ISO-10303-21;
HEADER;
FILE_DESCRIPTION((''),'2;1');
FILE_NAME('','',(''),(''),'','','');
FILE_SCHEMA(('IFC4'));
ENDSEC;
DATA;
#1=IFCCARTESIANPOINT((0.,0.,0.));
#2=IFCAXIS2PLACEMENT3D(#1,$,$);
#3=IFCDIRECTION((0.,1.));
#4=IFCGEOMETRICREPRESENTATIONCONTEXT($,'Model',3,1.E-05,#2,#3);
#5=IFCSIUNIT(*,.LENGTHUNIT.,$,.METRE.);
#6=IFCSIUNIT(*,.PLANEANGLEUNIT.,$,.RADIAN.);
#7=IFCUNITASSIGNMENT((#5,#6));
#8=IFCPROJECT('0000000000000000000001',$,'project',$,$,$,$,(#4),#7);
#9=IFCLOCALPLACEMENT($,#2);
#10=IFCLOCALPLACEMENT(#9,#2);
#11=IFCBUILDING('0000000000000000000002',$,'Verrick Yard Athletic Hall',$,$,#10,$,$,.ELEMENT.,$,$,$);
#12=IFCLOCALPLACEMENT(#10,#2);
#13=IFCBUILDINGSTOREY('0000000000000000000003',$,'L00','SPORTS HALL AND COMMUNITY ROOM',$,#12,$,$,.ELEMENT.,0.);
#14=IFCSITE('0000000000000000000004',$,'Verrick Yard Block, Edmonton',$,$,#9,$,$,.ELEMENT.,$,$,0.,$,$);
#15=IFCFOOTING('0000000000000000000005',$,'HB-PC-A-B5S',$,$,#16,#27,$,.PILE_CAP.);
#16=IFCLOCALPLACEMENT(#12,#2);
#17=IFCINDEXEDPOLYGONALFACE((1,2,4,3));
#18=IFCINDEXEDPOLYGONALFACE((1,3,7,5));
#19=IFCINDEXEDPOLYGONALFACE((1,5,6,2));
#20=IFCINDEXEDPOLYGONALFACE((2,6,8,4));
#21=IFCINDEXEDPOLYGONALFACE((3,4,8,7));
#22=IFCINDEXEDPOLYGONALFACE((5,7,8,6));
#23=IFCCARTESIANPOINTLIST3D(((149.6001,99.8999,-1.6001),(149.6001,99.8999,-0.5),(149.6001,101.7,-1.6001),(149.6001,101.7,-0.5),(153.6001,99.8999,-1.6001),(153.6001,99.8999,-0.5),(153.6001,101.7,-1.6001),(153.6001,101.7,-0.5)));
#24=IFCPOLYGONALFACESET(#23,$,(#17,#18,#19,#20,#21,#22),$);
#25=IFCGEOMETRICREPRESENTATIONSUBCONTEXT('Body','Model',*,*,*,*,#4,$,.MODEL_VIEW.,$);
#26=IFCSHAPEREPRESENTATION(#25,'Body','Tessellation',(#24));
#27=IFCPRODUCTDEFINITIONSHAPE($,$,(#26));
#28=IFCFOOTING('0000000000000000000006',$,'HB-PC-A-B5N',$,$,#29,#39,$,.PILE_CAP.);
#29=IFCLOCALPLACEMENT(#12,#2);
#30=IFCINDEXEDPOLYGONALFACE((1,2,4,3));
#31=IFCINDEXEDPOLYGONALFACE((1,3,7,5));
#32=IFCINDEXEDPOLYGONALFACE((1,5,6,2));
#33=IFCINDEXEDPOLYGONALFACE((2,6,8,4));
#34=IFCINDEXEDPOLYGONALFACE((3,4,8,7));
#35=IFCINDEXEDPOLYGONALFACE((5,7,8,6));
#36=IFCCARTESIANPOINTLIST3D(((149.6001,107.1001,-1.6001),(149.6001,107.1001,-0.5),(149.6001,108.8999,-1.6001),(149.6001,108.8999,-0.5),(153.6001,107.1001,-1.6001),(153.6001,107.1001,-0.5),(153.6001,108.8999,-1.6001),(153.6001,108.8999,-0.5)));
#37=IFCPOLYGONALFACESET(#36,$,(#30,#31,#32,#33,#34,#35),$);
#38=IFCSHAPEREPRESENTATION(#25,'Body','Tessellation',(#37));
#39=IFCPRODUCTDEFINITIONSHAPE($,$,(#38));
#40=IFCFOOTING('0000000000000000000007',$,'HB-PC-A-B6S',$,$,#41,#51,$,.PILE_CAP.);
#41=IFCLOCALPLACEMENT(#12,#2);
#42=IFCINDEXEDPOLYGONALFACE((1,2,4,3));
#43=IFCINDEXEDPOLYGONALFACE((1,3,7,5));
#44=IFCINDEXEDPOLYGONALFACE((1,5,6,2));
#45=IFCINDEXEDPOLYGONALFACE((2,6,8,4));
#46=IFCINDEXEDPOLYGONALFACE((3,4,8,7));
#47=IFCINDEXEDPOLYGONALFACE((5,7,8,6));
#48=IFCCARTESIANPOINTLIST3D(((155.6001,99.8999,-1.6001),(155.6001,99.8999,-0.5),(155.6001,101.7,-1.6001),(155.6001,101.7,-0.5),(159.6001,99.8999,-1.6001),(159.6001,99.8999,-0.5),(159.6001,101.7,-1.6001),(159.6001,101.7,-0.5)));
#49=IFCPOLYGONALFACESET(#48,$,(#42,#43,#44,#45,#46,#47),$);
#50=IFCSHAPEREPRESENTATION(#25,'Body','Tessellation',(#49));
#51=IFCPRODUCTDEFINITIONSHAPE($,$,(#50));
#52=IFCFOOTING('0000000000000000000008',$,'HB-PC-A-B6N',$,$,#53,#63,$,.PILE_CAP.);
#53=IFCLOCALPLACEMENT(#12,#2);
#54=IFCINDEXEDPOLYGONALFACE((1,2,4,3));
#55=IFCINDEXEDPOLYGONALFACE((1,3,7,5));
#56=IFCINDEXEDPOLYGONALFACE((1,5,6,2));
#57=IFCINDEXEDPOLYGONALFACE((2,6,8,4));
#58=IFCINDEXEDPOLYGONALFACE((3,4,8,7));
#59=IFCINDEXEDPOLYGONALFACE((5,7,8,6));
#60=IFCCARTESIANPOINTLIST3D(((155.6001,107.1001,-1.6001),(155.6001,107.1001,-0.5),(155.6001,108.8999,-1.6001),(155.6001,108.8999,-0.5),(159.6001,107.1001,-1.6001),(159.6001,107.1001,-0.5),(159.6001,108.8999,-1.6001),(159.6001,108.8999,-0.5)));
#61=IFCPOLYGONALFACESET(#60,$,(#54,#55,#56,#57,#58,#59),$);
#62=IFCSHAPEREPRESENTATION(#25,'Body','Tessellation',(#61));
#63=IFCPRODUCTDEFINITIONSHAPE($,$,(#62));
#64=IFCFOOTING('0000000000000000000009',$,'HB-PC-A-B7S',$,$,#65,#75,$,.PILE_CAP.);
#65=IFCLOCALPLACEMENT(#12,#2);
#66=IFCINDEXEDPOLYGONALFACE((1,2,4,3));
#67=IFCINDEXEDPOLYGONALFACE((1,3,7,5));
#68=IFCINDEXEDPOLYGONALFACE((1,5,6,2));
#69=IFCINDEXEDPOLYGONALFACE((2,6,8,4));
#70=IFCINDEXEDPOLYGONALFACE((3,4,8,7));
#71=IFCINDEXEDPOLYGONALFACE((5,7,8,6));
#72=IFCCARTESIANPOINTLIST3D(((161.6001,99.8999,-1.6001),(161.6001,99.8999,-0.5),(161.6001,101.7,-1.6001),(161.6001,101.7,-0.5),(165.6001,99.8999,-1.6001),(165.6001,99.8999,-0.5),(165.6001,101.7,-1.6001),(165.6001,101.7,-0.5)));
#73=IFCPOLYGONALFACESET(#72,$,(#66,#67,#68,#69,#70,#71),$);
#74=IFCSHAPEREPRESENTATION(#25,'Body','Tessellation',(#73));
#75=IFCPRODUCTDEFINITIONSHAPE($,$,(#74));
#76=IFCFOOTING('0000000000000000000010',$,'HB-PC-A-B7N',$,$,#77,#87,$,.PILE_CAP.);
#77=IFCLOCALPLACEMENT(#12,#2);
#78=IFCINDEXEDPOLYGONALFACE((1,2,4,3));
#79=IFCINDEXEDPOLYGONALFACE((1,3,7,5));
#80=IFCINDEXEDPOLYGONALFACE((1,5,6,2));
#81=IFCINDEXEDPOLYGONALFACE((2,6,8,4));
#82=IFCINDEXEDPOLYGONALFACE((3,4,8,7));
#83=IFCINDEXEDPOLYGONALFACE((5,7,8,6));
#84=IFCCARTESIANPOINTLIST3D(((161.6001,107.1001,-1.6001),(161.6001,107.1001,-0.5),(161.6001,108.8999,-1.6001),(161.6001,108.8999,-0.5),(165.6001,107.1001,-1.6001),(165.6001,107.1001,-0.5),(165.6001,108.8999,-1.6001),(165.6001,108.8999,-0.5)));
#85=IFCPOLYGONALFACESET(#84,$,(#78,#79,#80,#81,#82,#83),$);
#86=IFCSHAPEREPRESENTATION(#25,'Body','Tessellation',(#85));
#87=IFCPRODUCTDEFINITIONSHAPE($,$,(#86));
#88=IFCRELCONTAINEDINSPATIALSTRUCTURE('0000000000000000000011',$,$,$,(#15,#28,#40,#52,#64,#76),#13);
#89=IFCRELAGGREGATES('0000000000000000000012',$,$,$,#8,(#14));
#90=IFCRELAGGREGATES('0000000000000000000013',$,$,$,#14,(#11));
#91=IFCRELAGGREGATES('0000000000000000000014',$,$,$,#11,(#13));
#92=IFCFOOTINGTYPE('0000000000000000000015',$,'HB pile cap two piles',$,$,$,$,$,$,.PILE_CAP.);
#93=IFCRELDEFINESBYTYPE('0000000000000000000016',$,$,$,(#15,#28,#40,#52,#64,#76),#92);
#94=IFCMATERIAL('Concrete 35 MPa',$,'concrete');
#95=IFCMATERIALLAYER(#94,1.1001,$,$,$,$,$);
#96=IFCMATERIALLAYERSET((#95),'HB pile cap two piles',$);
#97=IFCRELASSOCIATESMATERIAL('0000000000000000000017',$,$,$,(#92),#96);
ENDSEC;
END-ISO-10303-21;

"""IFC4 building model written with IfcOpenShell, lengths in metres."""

from ifc_helpers import new_model, si_unit, direction, frame, origin, place, context, subcontext, project, spatial, polyline, outline, extrude, material, layer, layer_set, type_object, element, save


model = new_model("IFC4")

# Units and contexts
model_context = context("Model", 3, precision=1e-05, world=origin(), true_north=direction((0.0, 1.0)))
body_context = subcontext(model_context, "Body", "Model", "MODEL_VIEW")
ifc_project = project(units=[si_unit("LENGTHUNIT", "METRE"), si_unit("PLANEANGLEUNIT", "RADIAN")], contexts=[model_context])

# Site, building, storey
site_placement = place(None, origin())
site = spatial("IfcSite", under=ifc_project, at=site_placement, Name="Verrick Yard Block, Edmonton", CompositionType="ELEMENT", RefElevation=0.0)
building_placement = place(site_placement, origin())
building = spatial("IfcBuilding", under=site, at=building_placement, Name="Verrick Yard Athletic Hall", CompositionType="ELEMENT")
storey_placement = place(building_placement, origin())
storey = spatial("IfcBuildingStorey", under=building, at=storey_placement, Name="L00", Description="SPORTS HALL AND COMMUNITY ROOM", CompositionType="ELEMENT", Elevation=0.0)

# Footings
ifc_material = material(Name="Concrete 35 MPa", Category="concrete")
ifc_layer_1 = layer(ifc_material, 1.1001)
ifc_layer_set_1 = layer_set([ifc_layer_1], Name="HB pile cap two piles")
footing_type_1 = type_object("IfcFootingType", Name="HB pile cap two piles", PredefinedType="PILE_CAP", material=ifc_layer_set_1)
footing_1_placement = place(storey_placement, frame((0.0, 0.0, -1.6001)))
element("IfcFooting", 1, at=footing_1_placement, inside=storey, type_object=footing_type_1, Name="HB-PC-A-B5S", PredefinedType="PILE_CAP", context=body_context, shape_type="SweptSolid", body=[
    extrude(outline(polyline([(149.6001, 99.8999), (153.6001, 99.8999), (153.6001, 101.7), (149.6001, 101.7), (149.6001, 99.8999)])), origin(), (0.0, 0.0, 1.0), 1.1001),
])
footing_2_placement = place(storey_placement, frame((0.0, 0.0, -1.6001)))
element("IfcFooting", 2, at=footing_2_placement, inside=storey, type_object=footing_type_1, Name="HB-PC-A-B5N", PredefinedType="PILE_CAP", context=body_context, shape_type="SweptSolid", body=[
    extrude(outline(polyline([(149.6001, 107.1001), (153.6001, 107.1001), (153.6001, 108.8999), (149.6001, 108.8999), (149.6001, 107.1001)])), origin(), (0.0, 0.0, 1.0), 1.1001),
])
footing_3_placement = place(storey_placement, frame((0.0, 0.0, -1.6001)))
element("IfcFooting", 3, at=footing_3_placement, inside=storey, type_object=footing_type_1, Name="HB-PC-A-B6S", PredefinedType="PILE_CAP", context=body_context, shape_type="SweptSolid", body=[
    extrude(outline(polyline([(155.6001, 99.8999), (159.6001, 99.8999), (159.6001, 101.7), (155.6001, 101.7), (155.6001, 99.8999)])), origin(), (0.0, 0.0, 1.0), 1.1001),
])
footing_4_placement = place(storey_placement, frame((0.0, 0.0, -1.6001)))
element("IfcFooting", 4, at=footing_4_placement, inside=storey, type_object=footing_type_1, Name="HB-PC-A-B6N", PredefinedType="PILE_CAP", context=body_context, shape_type="SweptSolid", body=[
    extrude(outline(polyline([(155.6001, 107.1001), (159.6001, 107.1001), (159.6001, 108.8999), (155.6001, 108.8999), (155.6001, 107.1001)])), origin(), (0.0, 0.0, 1.0), 1.1001),
])
footing_5_placement = place(storey_placement, frame((0.0, 0.0, -1.6001)))
element("IfcFooting", 5, at=footing_5_placement, inside=storey, type_object=footing_type_1, Name="HB-PC-A-B7S", PredefinedType="PILE_CAP", context=body_context, shape_type="SweptSolid", body=[
    extrude(outline(polyline([(161.6001, 99.8999), (165.6001, 99.8999), (165.6001, 101.7), (161.6001, 101.7), (161.6001, 99.8999)])), origin(), (0.0, 0.0, 1.0), 1.1001),
])
footing_6_placement = place(storey_placement, frame((0.0, 0.0, -1.6001)))
element("IfcFooting", 6, at=footing_6_placement, inside=storey, type_object=footing_type_1, Name="HB-PC-A-B7N", PredefinedType="PILE_CAP", context=body_context, shape_type="SweptSolid", body=[
    extrude(outline(polyline([(161.6001, 107.1001), (165.6001, 107.1001), (165.6001, 108.8999), (161.6001, 108.8999), (161.6001, 107.1001)])), origin(), (0.0, 0.0, 1.0), 1.1001),
])

save(model, "model.ifc")
